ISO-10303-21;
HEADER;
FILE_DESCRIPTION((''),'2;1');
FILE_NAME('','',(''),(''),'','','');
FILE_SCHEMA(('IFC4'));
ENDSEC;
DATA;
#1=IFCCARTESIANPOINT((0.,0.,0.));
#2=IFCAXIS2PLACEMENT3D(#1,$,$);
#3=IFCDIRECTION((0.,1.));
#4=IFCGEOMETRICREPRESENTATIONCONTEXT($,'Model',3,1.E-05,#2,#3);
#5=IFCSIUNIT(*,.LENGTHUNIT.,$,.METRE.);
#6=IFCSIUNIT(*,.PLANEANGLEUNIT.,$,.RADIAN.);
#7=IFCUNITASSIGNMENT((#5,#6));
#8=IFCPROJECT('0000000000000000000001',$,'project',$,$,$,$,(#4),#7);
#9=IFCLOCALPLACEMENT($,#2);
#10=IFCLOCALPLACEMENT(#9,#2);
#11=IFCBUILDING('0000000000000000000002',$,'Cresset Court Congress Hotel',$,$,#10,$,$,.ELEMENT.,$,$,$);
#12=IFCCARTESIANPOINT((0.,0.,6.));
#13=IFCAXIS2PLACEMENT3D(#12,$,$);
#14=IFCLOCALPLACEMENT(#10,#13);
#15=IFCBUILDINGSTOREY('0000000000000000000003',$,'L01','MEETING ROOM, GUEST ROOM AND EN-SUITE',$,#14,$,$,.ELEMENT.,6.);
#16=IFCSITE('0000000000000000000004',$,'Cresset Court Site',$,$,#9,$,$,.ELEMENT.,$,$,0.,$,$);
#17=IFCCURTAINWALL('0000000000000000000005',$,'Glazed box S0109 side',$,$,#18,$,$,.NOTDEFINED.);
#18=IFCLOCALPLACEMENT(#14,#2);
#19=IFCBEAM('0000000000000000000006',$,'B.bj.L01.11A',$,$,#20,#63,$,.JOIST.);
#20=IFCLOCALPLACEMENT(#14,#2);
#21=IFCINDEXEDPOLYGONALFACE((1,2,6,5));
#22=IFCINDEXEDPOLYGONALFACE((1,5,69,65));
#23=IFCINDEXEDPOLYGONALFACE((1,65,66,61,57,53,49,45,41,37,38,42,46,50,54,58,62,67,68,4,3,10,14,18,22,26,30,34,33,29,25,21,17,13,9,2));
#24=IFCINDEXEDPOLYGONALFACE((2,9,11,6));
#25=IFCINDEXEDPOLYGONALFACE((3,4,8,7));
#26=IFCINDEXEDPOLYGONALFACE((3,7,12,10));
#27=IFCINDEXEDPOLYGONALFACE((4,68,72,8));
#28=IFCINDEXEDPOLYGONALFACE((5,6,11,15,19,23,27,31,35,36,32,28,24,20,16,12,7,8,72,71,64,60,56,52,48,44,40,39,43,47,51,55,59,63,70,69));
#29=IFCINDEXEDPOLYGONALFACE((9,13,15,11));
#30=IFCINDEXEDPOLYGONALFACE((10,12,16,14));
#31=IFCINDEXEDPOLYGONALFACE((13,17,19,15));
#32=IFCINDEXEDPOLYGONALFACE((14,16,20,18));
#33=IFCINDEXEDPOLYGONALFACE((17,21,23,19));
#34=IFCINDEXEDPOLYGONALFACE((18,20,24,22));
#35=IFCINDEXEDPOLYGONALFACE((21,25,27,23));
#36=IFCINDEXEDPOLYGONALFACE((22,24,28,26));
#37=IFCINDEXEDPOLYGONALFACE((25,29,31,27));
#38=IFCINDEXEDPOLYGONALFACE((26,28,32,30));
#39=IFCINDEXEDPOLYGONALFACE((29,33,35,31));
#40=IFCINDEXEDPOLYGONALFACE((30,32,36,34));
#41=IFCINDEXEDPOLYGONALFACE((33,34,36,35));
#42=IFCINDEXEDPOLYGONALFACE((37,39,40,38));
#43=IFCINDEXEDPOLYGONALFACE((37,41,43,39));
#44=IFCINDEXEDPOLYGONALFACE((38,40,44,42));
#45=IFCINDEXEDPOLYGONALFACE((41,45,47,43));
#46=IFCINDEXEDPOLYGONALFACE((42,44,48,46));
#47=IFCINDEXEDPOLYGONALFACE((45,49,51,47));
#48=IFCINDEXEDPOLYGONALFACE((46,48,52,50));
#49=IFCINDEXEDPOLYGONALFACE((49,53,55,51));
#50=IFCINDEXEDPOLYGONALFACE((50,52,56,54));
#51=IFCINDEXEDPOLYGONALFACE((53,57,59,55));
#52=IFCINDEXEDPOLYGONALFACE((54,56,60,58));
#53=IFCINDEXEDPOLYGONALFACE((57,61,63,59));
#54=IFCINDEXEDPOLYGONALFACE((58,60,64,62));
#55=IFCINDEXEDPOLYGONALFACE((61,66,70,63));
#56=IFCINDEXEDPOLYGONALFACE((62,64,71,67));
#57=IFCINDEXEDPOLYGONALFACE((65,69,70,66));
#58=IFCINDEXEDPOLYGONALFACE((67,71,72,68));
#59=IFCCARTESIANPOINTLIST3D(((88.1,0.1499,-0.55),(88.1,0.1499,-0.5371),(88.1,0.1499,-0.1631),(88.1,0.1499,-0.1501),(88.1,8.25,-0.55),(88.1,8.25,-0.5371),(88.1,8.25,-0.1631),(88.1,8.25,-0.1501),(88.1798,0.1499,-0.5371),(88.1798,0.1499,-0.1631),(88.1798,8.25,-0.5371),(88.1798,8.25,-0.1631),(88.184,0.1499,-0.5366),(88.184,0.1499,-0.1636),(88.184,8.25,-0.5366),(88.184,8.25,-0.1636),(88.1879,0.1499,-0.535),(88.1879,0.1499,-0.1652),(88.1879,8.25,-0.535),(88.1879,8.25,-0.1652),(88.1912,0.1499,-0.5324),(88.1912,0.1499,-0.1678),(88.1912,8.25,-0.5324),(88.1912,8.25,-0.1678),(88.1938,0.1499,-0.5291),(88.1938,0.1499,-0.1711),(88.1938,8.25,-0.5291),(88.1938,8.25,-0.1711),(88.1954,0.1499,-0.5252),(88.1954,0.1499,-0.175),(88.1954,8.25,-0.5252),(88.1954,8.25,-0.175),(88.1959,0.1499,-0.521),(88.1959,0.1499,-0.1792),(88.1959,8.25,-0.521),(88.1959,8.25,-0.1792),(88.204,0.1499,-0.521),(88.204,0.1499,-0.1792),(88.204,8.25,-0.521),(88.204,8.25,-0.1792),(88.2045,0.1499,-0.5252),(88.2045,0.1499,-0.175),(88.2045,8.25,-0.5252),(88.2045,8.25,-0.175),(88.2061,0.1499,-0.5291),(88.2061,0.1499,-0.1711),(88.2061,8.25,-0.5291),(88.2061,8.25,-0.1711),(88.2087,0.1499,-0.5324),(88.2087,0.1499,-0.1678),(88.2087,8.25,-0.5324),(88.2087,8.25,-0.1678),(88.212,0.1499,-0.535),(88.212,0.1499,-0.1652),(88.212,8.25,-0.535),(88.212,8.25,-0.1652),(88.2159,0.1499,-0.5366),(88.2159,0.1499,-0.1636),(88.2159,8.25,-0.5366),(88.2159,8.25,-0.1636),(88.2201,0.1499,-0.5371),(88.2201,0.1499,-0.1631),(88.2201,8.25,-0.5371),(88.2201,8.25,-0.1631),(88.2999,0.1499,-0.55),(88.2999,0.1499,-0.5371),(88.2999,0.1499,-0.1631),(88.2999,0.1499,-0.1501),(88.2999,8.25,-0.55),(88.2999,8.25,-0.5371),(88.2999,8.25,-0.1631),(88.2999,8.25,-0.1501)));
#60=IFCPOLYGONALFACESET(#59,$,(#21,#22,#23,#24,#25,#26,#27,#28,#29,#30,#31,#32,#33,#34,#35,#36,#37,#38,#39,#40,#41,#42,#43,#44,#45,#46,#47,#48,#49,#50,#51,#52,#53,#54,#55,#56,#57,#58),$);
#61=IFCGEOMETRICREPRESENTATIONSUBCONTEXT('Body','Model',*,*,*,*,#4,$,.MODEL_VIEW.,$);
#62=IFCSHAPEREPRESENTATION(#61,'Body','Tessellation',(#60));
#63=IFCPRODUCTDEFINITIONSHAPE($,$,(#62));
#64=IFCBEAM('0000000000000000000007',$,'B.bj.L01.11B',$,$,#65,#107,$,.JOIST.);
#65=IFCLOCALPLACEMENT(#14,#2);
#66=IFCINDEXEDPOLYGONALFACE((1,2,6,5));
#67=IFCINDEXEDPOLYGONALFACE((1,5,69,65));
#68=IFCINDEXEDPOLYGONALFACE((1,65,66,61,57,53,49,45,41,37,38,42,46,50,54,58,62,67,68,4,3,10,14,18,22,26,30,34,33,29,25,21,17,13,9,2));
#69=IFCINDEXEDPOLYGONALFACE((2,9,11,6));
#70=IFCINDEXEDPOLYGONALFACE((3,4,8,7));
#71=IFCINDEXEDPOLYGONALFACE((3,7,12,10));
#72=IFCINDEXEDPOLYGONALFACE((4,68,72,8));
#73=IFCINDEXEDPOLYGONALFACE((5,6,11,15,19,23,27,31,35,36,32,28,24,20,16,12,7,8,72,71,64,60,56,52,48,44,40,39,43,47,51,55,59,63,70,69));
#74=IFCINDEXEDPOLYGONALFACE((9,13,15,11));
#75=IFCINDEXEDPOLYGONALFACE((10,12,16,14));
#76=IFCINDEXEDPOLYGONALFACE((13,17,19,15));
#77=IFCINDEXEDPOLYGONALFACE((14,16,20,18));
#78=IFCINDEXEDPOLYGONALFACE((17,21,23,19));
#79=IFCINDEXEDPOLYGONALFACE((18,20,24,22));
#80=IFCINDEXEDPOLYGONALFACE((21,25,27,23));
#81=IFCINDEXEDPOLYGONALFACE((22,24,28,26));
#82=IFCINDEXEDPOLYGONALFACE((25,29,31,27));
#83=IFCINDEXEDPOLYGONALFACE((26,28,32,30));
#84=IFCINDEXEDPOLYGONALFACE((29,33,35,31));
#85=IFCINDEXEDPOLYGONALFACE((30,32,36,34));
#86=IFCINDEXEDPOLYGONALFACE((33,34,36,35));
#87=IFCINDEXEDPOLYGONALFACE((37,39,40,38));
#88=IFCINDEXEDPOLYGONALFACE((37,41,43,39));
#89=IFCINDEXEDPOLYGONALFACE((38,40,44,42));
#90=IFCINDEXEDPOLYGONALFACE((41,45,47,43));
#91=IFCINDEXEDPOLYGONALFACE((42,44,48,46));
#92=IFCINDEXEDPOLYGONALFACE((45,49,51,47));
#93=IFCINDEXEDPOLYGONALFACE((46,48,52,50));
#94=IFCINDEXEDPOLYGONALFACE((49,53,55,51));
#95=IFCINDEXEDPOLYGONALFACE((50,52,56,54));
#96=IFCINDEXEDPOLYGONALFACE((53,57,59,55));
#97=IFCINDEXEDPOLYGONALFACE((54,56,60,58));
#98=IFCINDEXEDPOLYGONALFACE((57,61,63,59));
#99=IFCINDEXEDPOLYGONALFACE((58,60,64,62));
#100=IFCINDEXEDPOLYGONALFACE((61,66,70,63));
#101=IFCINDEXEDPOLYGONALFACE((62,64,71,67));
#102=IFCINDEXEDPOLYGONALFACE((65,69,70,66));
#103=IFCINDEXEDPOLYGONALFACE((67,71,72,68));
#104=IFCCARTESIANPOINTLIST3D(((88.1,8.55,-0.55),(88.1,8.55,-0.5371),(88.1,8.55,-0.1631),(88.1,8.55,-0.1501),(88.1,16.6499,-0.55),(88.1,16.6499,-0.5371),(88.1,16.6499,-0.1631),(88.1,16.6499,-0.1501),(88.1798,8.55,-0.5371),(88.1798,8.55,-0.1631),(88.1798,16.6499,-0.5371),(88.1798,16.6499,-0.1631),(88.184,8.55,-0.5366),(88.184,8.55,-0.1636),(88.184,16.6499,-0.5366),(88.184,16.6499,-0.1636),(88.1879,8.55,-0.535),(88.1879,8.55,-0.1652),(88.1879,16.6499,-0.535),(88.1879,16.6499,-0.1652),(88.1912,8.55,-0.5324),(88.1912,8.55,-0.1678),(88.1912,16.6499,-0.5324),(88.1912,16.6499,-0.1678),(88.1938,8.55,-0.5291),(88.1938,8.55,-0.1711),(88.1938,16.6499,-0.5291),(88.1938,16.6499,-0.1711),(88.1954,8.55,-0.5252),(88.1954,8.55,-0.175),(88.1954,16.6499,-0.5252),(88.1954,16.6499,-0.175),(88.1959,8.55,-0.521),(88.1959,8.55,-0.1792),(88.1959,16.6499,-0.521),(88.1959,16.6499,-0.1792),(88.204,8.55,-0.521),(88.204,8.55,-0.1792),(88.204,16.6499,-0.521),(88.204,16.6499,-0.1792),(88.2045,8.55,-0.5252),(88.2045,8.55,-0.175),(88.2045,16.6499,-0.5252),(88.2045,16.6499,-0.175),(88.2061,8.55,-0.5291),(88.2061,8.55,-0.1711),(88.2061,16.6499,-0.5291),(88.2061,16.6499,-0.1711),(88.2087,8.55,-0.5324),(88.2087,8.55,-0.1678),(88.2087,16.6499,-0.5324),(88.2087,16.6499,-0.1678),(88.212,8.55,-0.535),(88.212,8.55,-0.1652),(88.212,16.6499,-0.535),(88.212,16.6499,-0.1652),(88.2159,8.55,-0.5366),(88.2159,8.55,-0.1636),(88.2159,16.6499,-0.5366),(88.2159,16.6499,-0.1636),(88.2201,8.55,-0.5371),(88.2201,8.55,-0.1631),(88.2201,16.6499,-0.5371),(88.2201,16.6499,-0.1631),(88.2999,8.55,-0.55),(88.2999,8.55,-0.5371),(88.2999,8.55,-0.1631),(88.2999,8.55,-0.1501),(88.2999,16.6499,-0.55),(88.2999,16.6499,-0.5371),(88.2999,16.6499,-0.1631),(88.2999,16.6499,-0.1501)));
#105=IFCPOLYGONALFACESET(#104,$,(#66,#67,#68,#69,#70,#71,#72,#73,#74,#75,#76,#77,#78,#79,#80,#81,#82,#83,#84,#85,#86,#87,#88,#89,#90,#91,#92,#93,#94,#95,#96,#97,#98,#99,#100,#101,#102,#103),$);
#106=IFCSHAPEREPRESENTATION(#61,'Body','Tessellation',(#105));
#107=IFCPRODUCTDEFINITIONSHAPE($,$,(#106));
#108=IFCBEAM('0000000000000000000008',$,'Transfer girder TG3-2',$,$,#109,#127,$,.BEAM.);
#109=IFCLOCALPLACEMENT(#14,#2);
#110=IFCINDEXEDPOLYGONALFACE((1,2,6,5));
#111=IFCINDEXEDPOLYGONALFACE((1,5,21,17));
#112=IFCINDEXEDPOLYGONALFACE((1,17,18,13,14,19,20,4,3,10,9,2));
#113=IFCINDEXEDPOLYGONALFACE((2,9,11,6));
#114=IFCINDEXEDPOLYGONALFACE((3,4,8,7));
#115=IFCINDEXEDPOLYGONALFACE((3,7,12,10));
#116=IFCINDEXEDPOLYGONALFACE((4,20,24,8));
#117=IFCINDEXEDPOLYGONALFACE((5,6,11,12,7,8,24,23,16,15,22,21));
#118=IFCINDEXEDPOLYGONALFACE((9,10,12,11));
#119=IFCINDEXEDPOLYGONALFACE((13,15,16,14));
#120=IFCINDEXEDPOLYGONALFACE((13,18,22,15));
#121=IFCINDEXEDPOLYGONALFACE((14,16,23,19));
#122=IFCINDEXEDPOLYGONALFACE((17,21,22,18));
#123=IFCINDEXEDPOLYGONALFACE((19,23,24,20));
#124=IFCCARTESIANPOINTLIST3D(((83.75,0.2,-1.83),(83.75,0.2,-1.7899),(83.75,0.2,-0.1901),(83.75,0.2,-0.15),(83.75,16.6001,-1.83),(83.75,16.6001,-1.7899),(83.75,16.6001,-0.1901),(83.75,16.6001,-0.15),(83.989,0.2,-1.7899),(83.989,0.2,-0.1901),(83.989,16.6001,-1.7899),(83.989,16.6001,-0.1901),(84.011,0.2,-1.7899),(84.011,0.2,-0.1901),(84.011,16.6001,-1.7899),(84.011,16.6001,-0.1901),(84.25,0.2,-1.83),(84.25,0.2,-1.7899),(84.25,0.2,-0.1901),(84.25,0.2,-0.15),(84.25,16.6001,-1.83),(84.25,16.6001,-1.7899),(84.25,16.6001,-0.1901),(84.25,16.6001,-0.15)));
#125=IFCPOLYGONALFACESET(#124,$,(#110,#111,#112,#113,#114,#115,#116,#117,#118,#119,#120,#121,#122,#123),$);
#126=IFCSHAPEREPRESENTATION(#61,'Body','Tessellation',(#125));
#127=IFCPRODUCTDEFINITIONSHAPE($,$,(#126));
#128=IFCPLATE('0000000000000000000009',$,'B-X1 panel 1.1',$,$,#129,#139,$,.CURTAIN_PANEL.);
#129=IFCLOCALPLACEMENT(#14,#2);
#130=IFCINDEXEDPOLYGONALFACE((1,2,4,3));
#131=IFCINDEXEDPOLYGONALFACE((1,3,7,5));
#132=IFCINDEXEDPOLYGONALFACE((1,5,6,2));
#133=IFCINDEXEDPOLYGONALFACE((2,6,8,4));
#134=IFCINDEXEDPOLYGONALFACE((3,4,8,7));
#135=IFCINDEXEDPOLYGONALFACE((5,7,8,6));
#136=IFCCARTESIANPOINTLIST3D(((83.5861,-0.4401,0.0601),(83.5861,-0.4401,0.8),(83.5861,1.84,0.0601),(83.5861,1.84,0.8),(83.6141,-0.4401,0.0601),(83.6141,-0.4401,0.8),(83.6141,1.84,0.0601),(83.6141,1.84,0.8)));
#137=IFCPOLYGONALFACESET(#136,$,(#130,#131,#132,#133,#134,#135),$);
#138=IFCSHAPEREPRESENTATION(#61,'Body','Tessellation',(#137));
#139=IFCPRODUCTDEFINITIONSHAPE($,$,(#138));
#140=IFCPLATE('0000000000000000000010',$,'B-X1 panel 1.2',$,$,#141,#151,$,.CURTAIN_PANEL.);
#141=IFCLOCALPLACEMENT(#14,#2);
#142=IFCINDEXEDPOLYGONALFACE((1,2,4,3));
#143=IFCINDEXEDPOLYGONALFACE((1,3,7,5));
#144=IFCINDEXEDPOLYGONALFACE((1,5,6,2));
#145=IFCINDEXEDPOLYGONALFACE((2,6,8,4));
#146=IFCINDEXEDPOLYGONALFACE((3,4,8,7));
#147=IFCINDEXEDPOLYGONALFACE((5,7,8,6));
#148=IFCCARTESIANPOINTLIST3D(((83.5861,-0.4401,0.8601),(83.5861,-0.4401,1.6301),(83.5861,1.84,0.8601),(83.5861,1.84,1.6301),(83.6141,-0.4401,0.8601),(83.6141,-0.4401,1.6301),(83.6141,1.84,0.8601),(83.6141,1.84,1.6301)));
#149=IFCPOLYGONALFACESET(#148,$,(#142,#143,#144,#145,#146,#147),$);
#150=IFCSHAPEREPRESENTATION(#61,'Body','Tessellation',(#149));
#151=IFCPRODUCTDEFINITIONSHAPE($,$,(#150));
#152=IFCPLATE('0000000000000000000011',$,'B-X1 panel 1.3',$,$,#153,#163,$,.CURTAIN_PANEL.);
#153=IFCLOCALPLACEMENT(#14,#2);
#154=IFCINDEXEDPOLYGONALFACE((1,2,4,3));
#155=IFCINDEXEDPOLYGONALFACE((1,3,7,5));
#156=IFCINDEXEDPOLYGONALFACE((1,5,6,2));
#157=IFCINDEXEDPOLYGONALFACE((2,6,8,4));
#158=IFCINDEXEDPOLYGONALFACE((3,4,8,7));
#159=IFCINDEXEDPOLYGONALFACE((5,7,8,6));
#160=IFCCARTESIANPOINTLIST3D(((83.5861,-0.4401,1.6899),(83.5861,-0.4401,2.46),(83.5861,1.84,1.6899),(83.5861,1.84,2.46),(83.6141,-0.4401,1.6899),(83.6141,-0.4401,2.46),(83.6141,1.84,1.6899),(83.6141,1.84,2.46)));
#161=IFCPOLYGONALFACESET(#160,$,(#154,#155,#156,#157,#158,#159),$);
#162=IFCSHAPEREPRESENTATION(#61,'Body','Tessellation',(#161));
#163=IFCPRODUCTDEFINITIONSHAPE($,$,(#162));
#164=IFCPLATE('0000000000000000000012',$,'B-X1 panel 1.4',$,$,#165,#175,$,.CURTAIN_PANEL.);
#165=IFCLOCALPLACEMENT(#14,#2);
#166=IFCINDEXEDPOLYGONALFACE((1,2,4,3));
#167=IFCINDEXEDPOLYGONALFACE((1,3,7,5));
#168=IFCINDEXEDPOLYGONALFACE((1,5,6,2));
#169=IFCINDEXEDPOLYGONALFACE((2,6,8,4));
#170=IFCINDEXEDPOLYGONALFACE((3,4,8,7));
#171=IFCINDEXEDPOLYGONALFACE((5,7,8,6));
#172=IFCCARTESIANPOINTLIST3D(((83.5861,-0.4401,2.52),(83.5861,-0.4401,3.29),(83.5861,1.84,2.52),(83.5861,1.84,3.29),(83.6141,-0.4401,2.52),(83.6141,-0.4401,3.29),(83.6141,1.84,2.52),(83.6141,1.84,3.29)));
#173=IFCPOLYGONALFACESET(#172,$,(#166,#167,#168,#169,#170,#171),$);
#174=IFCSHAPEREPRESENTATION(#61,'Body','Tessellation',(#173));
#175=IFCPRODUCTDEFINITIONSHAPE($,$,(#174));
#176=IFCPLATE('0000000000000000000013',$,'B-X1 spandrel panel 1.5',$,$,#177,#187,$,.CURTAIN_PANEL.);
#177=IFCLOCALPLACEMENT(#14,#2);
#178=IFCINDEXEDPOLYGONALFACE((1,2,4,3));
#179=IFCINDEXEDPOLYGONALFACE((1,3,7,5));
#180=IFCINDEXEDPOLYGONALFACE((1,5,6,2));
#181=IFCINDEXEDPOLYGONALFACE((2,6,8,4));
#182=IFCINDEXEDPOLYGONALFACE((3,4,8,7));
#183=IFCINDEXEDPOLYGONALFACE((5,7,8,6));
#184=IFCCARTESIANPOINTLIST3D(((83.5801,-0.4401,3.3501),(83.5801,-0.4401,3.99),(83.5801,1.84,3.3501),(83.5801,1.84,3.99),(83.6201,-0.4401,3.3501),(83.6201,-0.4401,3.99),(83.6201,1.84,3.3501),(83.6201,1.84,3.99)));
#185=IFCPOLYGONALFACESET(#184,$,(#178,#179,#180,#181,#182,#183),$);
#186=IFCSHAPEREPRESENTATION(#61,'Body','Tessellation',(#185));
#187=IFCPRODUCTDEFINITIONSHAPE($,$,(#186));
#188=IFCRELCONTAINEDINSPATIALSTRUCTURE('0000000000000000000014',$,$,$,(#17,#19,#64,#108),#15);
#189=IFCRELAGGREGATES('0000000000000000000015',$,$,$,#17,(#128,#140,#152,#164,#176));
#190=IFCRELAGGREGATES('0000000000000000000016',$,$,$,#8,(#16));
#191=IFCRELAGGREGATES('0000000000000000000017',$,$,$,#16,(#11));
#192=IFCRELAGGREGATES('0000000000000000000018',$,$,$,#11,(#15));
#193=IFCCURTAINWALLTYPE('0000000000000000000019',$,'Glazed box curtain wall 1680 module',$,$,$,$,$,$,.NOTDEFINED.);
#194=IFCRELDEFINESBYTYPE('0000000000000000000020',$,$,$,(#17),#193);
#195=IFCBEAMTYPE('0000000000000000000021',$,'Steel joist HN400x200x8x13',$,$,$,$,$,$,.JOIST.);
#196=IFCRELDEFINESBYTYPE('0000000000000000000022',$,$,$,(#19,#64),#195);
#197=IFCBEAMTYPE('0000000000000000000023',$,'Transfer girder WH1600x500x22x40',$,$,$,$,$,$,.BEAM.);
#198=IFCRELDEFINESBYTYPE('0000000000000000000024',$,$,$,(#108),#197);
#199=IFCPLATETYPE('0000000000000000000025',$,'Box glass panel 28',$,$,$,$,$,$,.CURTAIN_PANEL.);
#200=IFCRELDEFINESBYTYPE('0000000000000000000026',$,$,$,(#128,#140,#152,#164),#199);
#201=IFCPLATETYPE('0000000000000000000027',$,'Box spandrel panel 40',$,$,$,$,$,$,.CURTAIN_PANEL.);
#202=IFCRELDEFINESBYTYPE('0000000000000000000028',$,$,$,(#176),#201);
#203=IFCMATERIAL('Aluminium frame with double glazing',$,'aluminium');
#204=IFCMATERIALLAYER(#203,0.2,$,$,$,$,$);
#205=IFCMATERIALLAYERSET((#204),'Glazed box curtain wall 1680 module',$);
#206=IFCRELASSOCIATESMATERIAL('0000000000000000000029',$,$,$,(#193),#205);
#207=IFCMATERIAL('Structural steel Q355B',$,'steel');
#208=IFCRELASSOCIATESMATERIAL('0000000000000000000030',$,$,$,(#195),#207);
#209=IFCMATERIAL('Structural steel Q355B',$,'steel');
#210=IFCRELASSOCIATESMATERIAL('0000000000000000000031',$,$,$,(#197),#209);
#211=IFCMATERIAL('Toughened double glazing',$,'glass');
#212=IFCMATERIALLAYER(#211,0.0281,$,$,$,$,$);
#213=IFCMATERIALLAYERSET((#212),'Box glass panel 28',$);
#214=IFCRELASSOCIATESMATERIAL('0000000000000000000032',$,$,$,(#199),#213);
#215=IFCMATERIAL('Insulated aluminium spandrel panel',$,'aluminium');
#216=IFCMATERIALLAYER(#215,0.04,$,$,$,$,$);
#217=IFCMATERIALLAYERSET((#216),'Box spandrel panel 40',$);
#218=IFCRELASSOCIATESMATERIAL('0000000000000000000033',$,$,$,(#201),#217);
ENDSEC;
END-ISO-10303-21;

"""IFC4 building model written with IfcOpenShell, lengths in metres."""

from ifc_helpers import new_model, si_unit, direction, frame, origin, origin_2d, place, context, subcontext, project, spatial, rectangle, i_section, extrude, material, layer, layer_set, material_profile, profile_set, type_object, element, aggregate, save


model = new_model("IFC4")

# Units and contexts
model_context = context("Model", 3, precision=1e-05, world=origin(), true_north=direction((0.0, 1.0)))
body_context = subcontext(model_context, "Body", "Model", "MODEL_VIEW")
ifc_project = project(units=[si_unit("LENGTHUNIT", "METRE"), si_unit("PLANEANGLEUNIT", "RADIAN")], contexts=[model_context])

# Site, building, storey
site_placement = place(None, origin())
site = spatial("IfcSite", under=ifc_project, at=site_placement, Name="Cresset Court Site", CompositionType="ELEMENT", RefElevation=0.0)
building_placement = place(site_placement, origin())
building = spatial("IfcBuilding", under=site, at=building_placement, Name="Cresset Court Congress Hotel", CompositionType="ELEMENT")
storey_placement = place(building_placement, frame((0.0, 0.0, 6.0)))
storey = spatial("IfcBuildingStorey", under=building, at=storey_placement, Name="L01", Description="MEETING ROOM, GUEST ROOM AND EN-SUITE", CompositionType="ELEMENT", Elevation=6.0)

# Curtain wall
ifc_material_1 = material(Name="Aluminium frame with double glazing", Category="aluminium")
ifc_layer_1 = layer(ifc_material_1, 0.2)
ifc_layer_set_1 = layer_set([ifc_layer_1], Name="Glazed box curtain wall 1680 module")
curtain_wall_type = type_object("IfcCurtainWallType", Name="Glazed box curtain wall 1680 module", PredefinedType="NOTDEFINED", material=ifc_layer_set_1)
curtain_wall_placement = place(storey_placement, origin())
curtain_wall = element("IfcCurtainWall", 1, at=curtain_wall_placement, inside=storey, type_object=curtain_wall_type, Name="Glazed box S0109 side", PredefinedType="NOTDEFINED")

# Beams
ifc_material_2 = material(Name="Structural steel Q355B", Category="steel")
ifc_material_profile_1 = material_profile(ifc_material_2, i_section(OverallWidth=0.2, OverallDepth=0.3999, WebThickness=0.0081, FlangeThickness=0.0129, FilletRadius=0.0161, at=origin_2d()), Name="HN400x200x8x13")
ifc_profile_set_1 = profile_set([ifc_material_profile_1], Name="Structural steel Q355B")
beam_type_1 = type_object("IfcBeamType", Name="Steel joist HN400x200x8x13", PredefinedType="JOIST", material=ifc_profile_set_1)
beam_1_placement = place(storey_placement, frame((88.2, 0.1499, -0.3501), z_axis=(0.0, 1.0, 0.0), x_axis=(-1.0, 0.0, 0.0)))
element("IfcBeam", 2, at=beam_1_placement, inside=storey, type_object=beam_type_1, Name="B.bj.L01.11A", PredefinedType="JOIST", context=body_context, shape_type="SweptSolid", body=[
    extrude(i_section(OverallWidth=0.2, OverallDepth=0.3999, WebThickness=0.0081, FlangeThickness=0.0129, FilletRadius=0.0161, at=origin_2d()), origin(), (0.0, 0.0, 1.0), 8.1001),
])
beam_2_placement = place(storey_placement, frame((88.2, 8.55, -0.3501), z_axis=(0.0, 1.0, 0.0), x_axis=(-1.0, 0.0, 0.0)))
element("IfcBeam", 3, at=beam_2_placement, inside=storey, type_object=beam_type_1, Name="B.bj.L01.11B", PredefinedType="JOIST", context=body_context, shape_type="SweptSolid", body=[
    extrude(i_section(OverallWidth=0.2, OverallDepth=0.3999, WebThickness=0.0081, FlangeThickness=0.0129, FilletRadius=0.0161, at=origin_2d()), origin(), (0.0, 0.0, 1.0), 8.0999),
])
ifc_material_3 = material(Name="Structural steel Q355B", Category="steel")
ifc_material_profile_2 = material_profile(ifc_material_3, i_section(OverallWidth=0.5, OverallDepth=1.6799, WebThickness=0.022, FlangeThickness=0.04, at=origin_2d()), Name="WH1600x500x22x40")
ifc_profile_set_2 = profile_set([ifc_material_profile_2], Name="Structural steel Q355B")
beam_type_2 = type_object("IfcBeamType", Name="Transfer girder WH1600x500x22x40", PredefinedType="BEAM", material=ifc_profile_set_2)
beam_3_placement = place(storey_placement, frame((84.0, 0.2, -0.99), z_axis=(0.0, 1.0, 0.0), x_axis=(-1.0, 0.0, 0.0)))
element("IfcBeam", 4, at=beam_3_placement, inside=storey, type_object=beam_type_2, Name="Transfer girder TG3-2", PredefinedType="BEAM", context=body_context, shape_type="SweptSolid", body=[
    extrude(i_section(OverallWidth=0.5, OverallDepth=1.6799, WebThickness=0.022, FlangeThickness=0.04, at=origin_2d()), origin(), (0.0, 0.0, 1.0), 16.4001),
])

# Plates
ifc_material_4 = material(Name="Toughened double glazing", Category="glass")
ifc_layer_2 = layer(ifc_material_4, 0.0281)
ifc_layer_set_2 = layer_set([ifc_layer_2], Name="Box glass panel 28")
plate_type_1 = type_object("IfcPlateType", Name="Box glass panel 28", PredefinedType="CURTAIN_PANEL", material=ifc_layer_set_2)
plate_1_placement = place(storey_placement, frame((83.6001, 0.7, 0.0601), z_axis=(0.0, 0.0, 1.0), x_axis=(0.0, 1.0, 0.0)))
plate_1 = element("IfcPlate", 5, at=plate_1_placement, type_object=plate_type_1, Name="B-X1 panel 1.1", PredefinedType="CURTAIN_PANEL", context=body_context, shape_type="SweptSolid", body=[
    extrude(rectangle(XDim=2.28, YDim=0.0281, at=origin_2d()), origin(), (0.0, 0.0, 1.0), 0.74),
])
plate_2_placement = place(storey_placement, frame((83.6001, 0.7, 0.8601), z_axis=(0.0, 0.0, 1.0), x_axis=(0.0, 1.0, 0.0)))
plate_2 = element("IfcPlate", 6, at=plate_2_placement, type_object=plate_type_1, Name="B-X1 panel 1.2", PredefinedType="CURTAIN_PANEL", context=body_context, shape_type="SweptSolid", body=[
    extrude(rectangle(XDim=2.28, YDim=0.0281, at=origin_2d()), origin(), (0.0, 0.0, 1.0), 0.77),
])
plate_3_placement = place(storey_placement, frame((83.6001, 0.7, 1.6899), z_axis=(0.0, 0.0, 1.0), x_axis=(0.0, 1.0, 0.0)))
plate_3 = element("IfcPlate", 7, at=plate_3_placement, type_object=plate_type_1, Name="B-X1 panel 1.3", PredefinedType="CURTAIN_PANEL", context=body_context, shape_type="SweptSolid", body=[
    extrude(rectangle(XDim=2.28, YDim=0.0281, at=origin_2d()), origin(), (0.0, 0.0, 1.0), 0.77),
])
plate_4_placement = place(storey_placement, frame((83.6001, 0.7, 2.52), z_axis=(0.0, 0.0, 1.0), x_axis=(0.0, 1.0, 0.0)))
plate_4 = element("IfcPlate", 8, at=plate_4_placement, type_object=plate_type_1, Name="B-X1 panel 1.4", PredefinedType="CURTAIN_PANEL", context=body_context, shape_type="SweptSolid", body=[
    extrude(rectangle(XDim=2.28, YDim=0.0281, at=origin_2d()), origin(), (0.0, 0.0, 1.0), 0.77),
])
ifc_material_5 = material(Name="Insulated aluminium spandrel panel", Category="aluminium")
ifc_layer_3 = layer(ifc_material_5, 0.04)
ifc_layer_set_3 = layer_set([ifc_layer_3], Name="Box spandrel panel 40")
plate_type_2 = type_object("IfcPlateType", Name="Box spandrel panel 40", PredefinedType="CURTAIN_PANEL", material=ifc_layer_set_3)
plate_5_placement = place(storey_placement, frame((83.6001, 0.7, 3.3501), z_axis=(0.0, 0.0, 1.0), x_axis=(0.0, 1.0, 0.0)))
plate_5 = element("IfcPlate", 9, at=plate_5_placement, type_object=plate_type_2, Name="B-X1 spandrel panel 1.5", PredefinedType="CURTAIN_PANEL", context=body_context, shape_type="SweptSolid", body=[
    extrude(rectangle(XDim=2.28, YDim=0.04, at=origin_2d()), origin(), (0.0, 0.0, 1.0), 0.6399),
])
aggregate(curtain_wall, [plate_1, plate_2, plate_3, plate_4, plate_5])

save(model, "model.ifc")
